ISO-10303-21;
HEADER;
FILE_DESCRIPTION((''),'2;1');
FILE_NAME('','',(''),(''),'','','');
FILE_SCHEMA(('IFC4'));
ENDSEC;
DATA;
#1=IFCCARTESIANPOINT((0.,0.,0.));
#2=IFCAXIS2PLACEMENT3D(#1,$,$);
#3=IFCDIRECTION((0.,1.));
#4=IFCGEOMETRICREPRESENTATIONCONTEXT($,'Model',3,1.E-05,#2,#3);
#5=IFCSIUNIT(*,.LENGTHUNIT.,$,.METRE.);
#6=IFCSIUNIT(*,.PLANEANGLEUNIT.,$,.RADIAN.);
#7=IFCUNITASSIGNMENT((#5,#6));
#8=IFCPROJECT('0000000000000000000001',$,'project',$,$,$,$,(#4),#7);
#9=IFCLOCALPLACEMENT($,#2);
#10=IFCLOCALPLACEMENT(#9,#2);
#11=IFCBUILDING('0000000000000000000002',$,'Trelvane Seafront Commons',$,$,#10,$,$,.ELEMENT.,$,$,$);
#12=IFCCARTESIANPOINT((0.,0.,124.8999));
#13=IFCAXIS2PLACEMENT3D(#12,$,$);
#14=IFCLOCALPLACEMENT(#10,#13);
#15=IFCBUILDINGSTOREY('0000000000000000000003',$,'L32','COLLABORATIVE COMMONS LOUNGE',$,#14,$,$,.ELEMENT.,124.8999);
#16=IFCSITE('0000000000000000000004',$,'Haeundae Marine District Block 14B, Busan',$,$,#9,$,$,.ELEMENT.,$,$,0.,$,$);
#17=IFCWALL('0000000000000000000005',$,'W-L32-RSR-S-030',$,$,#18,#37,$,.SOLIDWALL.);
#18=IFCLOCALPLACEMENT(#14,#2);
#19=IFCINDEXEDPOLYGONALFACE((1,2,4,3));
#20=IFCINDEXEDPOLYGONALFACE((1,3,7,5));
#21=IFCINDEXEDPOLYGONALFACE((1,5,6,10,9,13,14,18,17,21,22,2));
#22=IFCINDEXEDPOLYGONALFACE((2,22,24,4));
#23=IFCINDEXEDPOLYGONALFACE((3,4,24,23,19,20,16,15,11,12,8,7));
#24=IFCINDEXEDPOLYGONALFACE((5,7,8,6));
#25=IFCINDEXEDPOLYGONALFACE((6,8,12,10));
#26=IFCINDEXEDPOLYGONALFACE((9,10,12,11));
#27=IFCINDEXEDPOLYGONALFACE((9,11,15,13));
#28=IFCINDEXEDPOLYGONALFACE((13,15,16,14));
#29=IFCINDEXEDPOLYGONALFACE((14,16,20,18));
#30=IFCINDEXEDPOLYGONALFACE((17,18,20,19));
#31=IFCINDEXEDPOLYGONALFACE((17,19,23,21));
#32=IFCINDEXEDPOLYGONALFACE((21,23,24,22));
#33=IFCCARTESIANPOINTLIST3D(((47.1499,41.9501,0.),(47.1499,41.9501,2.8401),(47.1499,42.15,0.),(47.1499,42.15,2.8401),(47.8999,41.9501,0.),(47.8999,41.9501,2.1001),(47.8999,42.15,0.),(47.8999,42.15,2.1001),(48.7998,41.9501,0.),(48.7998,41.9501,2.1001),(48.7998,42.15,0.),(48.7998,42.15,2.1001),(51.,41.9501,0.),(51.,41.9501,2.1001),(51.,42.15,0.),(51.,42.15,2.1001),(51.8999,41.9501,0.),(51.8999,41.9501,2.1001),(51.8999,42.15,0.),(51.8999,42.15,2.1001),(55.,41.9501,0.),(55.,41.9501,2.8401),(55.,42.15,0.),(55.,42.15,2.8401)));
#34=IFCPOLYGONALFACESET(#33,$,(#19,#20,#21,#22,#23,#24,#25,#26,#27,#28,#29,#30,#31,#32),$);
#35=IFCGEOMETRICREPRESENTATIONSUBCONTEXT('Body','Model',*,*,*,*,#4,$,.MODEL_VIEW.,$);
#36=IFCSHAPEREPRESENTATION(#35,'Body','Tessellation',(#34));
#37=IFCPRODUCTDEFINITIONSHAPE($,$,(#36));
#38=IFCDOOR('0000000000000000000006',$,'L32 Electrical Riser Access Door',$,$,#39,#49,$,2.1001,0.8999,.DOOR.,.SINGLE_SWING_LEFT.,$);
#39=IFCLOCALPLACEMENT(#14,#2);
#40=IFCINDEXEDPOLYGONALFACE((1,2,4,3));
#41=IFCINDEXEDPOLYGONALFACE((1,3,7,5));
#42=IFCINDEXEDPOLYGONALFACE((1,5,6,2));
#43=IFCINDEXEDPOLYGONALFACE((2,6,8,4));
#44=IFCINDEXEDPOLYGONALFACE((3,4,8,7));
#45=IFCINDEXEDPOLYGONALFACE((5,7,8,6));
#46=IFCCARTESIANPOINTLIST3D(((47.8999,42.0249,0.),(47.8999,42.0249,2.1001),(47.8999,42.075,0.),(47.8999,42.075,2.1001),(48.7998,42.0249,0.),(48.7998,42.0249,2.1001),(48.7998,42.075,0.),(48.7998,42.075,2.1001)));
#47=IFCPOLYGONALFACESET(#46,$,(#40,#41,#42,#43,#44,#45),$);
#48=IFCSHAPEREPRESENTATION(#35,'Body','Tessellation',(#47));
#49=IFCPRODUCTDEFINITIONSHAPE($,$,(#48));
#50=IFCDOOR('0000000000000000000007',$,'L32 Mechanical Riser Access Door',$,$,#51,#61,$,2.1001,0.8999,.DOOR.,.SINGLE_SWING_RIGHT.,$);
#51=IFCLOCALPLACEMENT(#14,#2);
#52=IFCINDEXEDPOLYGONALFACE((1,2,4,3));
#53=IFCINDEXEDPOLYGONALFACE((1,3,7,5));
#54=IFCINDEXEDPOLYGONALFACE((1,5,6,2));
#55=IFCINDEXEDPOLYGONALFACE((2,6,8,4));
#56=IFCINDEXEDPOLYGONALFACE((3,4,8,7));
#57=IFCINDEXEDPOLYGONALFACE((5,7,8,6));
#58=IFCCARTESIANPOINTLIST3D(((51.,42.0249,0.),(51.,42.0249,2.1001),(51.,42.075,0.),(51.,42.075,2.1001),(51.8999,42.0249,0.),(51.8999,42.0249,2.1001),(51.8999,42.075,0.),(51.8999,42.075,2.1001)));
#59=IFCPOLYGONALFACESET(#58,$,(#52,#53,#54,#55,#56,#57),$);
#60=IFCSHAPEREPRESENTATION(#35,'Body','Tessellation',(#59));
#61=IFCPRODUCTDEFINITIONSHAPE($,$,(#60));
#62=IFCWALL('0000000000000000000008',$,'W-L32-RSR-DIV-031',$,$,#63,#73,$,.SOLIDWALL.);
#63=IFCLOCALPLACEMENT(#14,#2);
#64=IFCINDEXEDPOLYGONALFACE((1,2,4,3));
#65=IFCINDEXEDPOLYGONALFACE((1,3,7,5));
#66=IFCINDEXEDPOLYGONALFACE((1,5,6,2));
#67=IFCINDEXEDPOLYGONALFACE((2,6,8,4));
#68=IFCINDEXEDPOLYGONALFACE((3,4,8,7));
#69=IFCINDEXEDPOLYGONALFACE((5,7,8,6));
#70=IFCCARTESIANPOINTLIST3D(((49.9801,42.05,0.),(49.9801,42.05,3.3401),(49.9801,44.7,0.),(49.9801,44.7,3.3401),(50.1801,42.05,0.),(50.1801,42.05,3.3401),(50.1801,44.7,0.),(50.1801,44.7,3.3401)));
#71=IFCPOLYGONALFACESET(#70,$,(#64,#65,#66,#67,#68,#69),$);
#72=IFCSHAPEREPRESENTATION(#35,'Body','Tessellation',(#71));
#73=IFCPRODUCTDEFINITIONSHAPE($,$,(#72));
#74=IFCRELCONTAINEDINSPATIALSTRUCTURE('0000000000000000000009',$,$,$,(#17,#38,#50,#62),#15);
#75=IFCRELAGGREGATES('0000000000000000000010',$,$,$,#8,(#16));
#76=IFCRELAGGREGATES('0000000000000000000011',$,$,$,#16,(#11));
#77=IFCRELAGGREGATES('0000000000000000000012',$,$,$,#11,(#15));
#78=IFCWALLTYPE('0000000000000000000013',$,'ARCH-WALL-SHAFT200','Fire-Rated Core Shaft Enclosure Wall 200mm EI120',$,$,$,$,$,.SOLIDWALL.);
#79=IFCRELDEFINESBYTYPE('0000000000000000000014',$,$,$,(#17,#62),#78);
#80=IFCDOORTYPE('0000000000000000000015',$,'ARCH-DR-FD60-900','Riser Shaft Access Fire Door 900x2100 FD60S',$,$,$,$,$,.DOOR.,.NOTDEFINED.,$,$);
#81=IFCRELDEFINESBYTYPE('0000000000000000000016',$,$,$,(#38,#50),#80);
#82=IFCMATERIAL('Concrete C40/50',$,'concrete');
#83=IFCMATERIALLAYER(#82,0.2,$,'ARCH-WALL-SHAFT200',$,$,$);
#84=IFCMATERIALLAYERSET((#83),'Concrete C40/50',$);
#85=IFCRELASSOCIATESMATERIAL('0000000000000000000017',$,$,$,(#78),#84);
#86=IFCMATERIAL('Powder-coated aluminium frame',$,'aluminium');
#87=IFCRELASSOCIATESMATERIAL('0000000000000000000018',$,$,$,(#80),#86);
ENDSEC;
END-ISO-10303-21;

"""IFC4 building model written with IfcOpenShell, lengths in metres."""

from ifc_helpers import new_model, si_unit, direction, frame, frame_2d, origin, place, context, subcontext, project, spatial, rectangle, extrude, source, transform, mapped, material, layer, layer_set, type_object, element, fill, save


model = new_model("IFC4")

# Units and contexts
model_context = context("Model", 3, precision=1e-05, world=origin(), true_north=direction((0.0, 1.0)))
body_context = subcontext(model_context, "Body", "Model", "MODEL_VIEW")
ifc_project = project(units=[si_unit("LENGTHUNIT", "METRE"), si_unit("PLANEANGLEUNIT", "RADIAN")], contexts=[model_context])

# Site, building, storey
site_placement = place(None, origin())
site = spatial("IfcSite", under=ifc_project, at=site_placement, Name="Haeundae Marine District Block 14B, Busan", CompositionType="ELEMENT", RefElevation=0.0)
building_placement = place(site_placement, origin())
building = spatial("IfcBuilding", under=site, at=building_placement, Name="Trelvane Seafront Commons", CompositionType="ELEMENT")
storey_placement = place(building_placement, frame((0.0, 0.0, 124.8999)))
storey = spatial("IfcBuildingStorey", under=building, at=storey_placement, Name="L32", Description="COLLABORATIVE COMMONS LOUNGE", CompositionType="ELEMENT", Elevation=124.8999)

# Wall, openings, doors
ifc_material_1 = material(Name="Concrete C40/50", Category="concrete")
ifc_layer_1 = layer(ifc_material_1, 0.2, Name="ARCH-WALL-SHAFT200")
ifc_layer_set_1 = layer_set([ifc_layer_1], Name="Concrete C40/50")
wall_type_1 = type_object("IfcWallType", Name="ARCH-WALL-SHAFT200", Description="Fire-Rated Core Shaft Enclosure Wall 200mm EI120", PredefinedType="SOLIDWALL", material=ifc_layer_set_1)
wall_1_placement = place(storey_placement, frame((47.1499, 42.05, 0.0), z_axis=(0.0, 0.0, 1.0), x_axis=(1.0, 0.0, 0.0)))
wall_1 = element("IfcWall", 1, at=wall_1_placement, inside=storey, type_object=wall_type_1, Name="W-L32-RSR-S-030", PredefinedType="SOLIDWALL", context=body_context, shape_type="SweptSolid", body=[
    extrude(rectangle(XDim=7.8501, YDim=0.2, at=frame_2d((3.925, 0.0))), origin(), (0.0, 0.0, 1.0), 2.8401),
])
opening_1_placement = place(wall_1_placement, frame((0.75, 0.0, 0.0)))
opening_1 = element("IfcOpeningElement", 2, at=opening_1_placement, cuts=wall_1, PredefinedType="OPENING", context=body_context, shape_type="SweptSolid", body=[
    extrude(rectangle(XDim=0.8999, YDim=2.1001, at=frame_2d((0.45, 1.05))), frame((0.0, 0.1099, 0.0), z_axis=(0.0, -1.0, 0.0), x_axis=(1.0, 0.0, 0.0)), (0.0, 0.0, 1.0), 0.22),
])
opening_2_placement = place(wall_1_placement, frame((3.8501, 0.0, 0.0)))
opening_2 = element("IfcOpeningElement", 3, at=opening_2_placement, cuts=wall_1, PredefinedType="OPENING", context=body_context, shape_type="SweptSolid", body=[
    extrude(rectangle(XDim=0.8999, YDim=2.1001, at=frame_2d((0.45, 1.05))), frame((0.0, 0.1099, 0.0), z_axis=(0.0, -1.0, 0.0), x_axis=(1.0, 0.0, 0.0)), (0.0, 0.0, 1.0), 0.22),
])
ifc_material_2 = material(Name="Powder-coated aluminium frame", Category="aluminium")
door_type = type_object("IfcDoorType", Name="ARCH-DR-FD60-900", Description="Riser Shaft Access Fire Door 900x2100 FD60S", OperationType="NOTDEFINED", PredefinedType="DOOR", material=ifc_material_2)
shared_shape_1 = source(origin(), body_context, "Body", "SweptSolid", [
    extrude(rectangle(XDim=0.8999, YDim=2.1001, at=frame_2d((0.45, 1.05))), frame((0.0, 0.0249, 0.0), z_axis=(0.0, -1.0, 0.0), x_axis=(1.0, 0.0, 0.0)), (0.0, 0.0, 1.0), 0.05),
])
door_1_placement = place(opening_1_placement, origin())
door_1 = element("IfcDoor", 4, at=door_1_placement, inside=storey, type_object=door_type, Name="L32 Electrical Riser Access Door", OperationType="SINGLE_SWING_LEFT", OverallHeight=2.1001, OverallWidth=0.8999, PredefinedType="DOOR", context=body_context, shape_type="MappedRepresentation", body=[
    mapped(shared_shape_1, transform((0.0, 0.0, 0.0), x_axis=(1.0, 0.0, 0.0), y_axis=(0.0, 1.0, 0.0), z_axis=(0.0, 0.0, 1.0), scale=1.0)),
])
fill(opening_1, door_1)
door_2_placement = place(opening_2_placement, origin())
door_2 = element("IfcDoor", 5, at=door_2_placement, inside=storey, type_object=door_type, Name="L32 Mechanical Riser Access Door", OperationType="SINGLE_SWING_RIGHT", OverallHeight=2.1001, OverallWidth=0.8999, PredefinedType="DOOR", context=body_context, shape_type="MappedRepresentation", body=[
    mapped(shared_shape_1, transform((0.0, 0.0, 0.0), x_axis=(1.0, 0.0, 0.0), y_axis=(0.0, 1.0, 0.0), z_axis=(0.0, 0.0, 1.0), scale=1.0)),
])
fill(opening_2, door_2)

# Wall
wall_2_placement = place(storey_placement, frame((50.0801, 42.05, 0.0), z_axis=(0.0, 0.0, 1.0), x_axis=(0.0, 1.0, 0.0)))
element("IfcWall", 6, at=wall_2_placement, inside=storey, type_object=wall_type_1, Name="W-L32-RSR-DIV-031", PredefinedType="SOLIDWALL", context=body_context, shape_type="SweptSolid", body=[
    extrude(rectangle(XDim=2.6499, YDim=0.2, at=frame_2d((1.325, 0.0))), origin(), (0.0, 0.0, 1.0), 3.3401),
])

save(model, "model.ifc")
